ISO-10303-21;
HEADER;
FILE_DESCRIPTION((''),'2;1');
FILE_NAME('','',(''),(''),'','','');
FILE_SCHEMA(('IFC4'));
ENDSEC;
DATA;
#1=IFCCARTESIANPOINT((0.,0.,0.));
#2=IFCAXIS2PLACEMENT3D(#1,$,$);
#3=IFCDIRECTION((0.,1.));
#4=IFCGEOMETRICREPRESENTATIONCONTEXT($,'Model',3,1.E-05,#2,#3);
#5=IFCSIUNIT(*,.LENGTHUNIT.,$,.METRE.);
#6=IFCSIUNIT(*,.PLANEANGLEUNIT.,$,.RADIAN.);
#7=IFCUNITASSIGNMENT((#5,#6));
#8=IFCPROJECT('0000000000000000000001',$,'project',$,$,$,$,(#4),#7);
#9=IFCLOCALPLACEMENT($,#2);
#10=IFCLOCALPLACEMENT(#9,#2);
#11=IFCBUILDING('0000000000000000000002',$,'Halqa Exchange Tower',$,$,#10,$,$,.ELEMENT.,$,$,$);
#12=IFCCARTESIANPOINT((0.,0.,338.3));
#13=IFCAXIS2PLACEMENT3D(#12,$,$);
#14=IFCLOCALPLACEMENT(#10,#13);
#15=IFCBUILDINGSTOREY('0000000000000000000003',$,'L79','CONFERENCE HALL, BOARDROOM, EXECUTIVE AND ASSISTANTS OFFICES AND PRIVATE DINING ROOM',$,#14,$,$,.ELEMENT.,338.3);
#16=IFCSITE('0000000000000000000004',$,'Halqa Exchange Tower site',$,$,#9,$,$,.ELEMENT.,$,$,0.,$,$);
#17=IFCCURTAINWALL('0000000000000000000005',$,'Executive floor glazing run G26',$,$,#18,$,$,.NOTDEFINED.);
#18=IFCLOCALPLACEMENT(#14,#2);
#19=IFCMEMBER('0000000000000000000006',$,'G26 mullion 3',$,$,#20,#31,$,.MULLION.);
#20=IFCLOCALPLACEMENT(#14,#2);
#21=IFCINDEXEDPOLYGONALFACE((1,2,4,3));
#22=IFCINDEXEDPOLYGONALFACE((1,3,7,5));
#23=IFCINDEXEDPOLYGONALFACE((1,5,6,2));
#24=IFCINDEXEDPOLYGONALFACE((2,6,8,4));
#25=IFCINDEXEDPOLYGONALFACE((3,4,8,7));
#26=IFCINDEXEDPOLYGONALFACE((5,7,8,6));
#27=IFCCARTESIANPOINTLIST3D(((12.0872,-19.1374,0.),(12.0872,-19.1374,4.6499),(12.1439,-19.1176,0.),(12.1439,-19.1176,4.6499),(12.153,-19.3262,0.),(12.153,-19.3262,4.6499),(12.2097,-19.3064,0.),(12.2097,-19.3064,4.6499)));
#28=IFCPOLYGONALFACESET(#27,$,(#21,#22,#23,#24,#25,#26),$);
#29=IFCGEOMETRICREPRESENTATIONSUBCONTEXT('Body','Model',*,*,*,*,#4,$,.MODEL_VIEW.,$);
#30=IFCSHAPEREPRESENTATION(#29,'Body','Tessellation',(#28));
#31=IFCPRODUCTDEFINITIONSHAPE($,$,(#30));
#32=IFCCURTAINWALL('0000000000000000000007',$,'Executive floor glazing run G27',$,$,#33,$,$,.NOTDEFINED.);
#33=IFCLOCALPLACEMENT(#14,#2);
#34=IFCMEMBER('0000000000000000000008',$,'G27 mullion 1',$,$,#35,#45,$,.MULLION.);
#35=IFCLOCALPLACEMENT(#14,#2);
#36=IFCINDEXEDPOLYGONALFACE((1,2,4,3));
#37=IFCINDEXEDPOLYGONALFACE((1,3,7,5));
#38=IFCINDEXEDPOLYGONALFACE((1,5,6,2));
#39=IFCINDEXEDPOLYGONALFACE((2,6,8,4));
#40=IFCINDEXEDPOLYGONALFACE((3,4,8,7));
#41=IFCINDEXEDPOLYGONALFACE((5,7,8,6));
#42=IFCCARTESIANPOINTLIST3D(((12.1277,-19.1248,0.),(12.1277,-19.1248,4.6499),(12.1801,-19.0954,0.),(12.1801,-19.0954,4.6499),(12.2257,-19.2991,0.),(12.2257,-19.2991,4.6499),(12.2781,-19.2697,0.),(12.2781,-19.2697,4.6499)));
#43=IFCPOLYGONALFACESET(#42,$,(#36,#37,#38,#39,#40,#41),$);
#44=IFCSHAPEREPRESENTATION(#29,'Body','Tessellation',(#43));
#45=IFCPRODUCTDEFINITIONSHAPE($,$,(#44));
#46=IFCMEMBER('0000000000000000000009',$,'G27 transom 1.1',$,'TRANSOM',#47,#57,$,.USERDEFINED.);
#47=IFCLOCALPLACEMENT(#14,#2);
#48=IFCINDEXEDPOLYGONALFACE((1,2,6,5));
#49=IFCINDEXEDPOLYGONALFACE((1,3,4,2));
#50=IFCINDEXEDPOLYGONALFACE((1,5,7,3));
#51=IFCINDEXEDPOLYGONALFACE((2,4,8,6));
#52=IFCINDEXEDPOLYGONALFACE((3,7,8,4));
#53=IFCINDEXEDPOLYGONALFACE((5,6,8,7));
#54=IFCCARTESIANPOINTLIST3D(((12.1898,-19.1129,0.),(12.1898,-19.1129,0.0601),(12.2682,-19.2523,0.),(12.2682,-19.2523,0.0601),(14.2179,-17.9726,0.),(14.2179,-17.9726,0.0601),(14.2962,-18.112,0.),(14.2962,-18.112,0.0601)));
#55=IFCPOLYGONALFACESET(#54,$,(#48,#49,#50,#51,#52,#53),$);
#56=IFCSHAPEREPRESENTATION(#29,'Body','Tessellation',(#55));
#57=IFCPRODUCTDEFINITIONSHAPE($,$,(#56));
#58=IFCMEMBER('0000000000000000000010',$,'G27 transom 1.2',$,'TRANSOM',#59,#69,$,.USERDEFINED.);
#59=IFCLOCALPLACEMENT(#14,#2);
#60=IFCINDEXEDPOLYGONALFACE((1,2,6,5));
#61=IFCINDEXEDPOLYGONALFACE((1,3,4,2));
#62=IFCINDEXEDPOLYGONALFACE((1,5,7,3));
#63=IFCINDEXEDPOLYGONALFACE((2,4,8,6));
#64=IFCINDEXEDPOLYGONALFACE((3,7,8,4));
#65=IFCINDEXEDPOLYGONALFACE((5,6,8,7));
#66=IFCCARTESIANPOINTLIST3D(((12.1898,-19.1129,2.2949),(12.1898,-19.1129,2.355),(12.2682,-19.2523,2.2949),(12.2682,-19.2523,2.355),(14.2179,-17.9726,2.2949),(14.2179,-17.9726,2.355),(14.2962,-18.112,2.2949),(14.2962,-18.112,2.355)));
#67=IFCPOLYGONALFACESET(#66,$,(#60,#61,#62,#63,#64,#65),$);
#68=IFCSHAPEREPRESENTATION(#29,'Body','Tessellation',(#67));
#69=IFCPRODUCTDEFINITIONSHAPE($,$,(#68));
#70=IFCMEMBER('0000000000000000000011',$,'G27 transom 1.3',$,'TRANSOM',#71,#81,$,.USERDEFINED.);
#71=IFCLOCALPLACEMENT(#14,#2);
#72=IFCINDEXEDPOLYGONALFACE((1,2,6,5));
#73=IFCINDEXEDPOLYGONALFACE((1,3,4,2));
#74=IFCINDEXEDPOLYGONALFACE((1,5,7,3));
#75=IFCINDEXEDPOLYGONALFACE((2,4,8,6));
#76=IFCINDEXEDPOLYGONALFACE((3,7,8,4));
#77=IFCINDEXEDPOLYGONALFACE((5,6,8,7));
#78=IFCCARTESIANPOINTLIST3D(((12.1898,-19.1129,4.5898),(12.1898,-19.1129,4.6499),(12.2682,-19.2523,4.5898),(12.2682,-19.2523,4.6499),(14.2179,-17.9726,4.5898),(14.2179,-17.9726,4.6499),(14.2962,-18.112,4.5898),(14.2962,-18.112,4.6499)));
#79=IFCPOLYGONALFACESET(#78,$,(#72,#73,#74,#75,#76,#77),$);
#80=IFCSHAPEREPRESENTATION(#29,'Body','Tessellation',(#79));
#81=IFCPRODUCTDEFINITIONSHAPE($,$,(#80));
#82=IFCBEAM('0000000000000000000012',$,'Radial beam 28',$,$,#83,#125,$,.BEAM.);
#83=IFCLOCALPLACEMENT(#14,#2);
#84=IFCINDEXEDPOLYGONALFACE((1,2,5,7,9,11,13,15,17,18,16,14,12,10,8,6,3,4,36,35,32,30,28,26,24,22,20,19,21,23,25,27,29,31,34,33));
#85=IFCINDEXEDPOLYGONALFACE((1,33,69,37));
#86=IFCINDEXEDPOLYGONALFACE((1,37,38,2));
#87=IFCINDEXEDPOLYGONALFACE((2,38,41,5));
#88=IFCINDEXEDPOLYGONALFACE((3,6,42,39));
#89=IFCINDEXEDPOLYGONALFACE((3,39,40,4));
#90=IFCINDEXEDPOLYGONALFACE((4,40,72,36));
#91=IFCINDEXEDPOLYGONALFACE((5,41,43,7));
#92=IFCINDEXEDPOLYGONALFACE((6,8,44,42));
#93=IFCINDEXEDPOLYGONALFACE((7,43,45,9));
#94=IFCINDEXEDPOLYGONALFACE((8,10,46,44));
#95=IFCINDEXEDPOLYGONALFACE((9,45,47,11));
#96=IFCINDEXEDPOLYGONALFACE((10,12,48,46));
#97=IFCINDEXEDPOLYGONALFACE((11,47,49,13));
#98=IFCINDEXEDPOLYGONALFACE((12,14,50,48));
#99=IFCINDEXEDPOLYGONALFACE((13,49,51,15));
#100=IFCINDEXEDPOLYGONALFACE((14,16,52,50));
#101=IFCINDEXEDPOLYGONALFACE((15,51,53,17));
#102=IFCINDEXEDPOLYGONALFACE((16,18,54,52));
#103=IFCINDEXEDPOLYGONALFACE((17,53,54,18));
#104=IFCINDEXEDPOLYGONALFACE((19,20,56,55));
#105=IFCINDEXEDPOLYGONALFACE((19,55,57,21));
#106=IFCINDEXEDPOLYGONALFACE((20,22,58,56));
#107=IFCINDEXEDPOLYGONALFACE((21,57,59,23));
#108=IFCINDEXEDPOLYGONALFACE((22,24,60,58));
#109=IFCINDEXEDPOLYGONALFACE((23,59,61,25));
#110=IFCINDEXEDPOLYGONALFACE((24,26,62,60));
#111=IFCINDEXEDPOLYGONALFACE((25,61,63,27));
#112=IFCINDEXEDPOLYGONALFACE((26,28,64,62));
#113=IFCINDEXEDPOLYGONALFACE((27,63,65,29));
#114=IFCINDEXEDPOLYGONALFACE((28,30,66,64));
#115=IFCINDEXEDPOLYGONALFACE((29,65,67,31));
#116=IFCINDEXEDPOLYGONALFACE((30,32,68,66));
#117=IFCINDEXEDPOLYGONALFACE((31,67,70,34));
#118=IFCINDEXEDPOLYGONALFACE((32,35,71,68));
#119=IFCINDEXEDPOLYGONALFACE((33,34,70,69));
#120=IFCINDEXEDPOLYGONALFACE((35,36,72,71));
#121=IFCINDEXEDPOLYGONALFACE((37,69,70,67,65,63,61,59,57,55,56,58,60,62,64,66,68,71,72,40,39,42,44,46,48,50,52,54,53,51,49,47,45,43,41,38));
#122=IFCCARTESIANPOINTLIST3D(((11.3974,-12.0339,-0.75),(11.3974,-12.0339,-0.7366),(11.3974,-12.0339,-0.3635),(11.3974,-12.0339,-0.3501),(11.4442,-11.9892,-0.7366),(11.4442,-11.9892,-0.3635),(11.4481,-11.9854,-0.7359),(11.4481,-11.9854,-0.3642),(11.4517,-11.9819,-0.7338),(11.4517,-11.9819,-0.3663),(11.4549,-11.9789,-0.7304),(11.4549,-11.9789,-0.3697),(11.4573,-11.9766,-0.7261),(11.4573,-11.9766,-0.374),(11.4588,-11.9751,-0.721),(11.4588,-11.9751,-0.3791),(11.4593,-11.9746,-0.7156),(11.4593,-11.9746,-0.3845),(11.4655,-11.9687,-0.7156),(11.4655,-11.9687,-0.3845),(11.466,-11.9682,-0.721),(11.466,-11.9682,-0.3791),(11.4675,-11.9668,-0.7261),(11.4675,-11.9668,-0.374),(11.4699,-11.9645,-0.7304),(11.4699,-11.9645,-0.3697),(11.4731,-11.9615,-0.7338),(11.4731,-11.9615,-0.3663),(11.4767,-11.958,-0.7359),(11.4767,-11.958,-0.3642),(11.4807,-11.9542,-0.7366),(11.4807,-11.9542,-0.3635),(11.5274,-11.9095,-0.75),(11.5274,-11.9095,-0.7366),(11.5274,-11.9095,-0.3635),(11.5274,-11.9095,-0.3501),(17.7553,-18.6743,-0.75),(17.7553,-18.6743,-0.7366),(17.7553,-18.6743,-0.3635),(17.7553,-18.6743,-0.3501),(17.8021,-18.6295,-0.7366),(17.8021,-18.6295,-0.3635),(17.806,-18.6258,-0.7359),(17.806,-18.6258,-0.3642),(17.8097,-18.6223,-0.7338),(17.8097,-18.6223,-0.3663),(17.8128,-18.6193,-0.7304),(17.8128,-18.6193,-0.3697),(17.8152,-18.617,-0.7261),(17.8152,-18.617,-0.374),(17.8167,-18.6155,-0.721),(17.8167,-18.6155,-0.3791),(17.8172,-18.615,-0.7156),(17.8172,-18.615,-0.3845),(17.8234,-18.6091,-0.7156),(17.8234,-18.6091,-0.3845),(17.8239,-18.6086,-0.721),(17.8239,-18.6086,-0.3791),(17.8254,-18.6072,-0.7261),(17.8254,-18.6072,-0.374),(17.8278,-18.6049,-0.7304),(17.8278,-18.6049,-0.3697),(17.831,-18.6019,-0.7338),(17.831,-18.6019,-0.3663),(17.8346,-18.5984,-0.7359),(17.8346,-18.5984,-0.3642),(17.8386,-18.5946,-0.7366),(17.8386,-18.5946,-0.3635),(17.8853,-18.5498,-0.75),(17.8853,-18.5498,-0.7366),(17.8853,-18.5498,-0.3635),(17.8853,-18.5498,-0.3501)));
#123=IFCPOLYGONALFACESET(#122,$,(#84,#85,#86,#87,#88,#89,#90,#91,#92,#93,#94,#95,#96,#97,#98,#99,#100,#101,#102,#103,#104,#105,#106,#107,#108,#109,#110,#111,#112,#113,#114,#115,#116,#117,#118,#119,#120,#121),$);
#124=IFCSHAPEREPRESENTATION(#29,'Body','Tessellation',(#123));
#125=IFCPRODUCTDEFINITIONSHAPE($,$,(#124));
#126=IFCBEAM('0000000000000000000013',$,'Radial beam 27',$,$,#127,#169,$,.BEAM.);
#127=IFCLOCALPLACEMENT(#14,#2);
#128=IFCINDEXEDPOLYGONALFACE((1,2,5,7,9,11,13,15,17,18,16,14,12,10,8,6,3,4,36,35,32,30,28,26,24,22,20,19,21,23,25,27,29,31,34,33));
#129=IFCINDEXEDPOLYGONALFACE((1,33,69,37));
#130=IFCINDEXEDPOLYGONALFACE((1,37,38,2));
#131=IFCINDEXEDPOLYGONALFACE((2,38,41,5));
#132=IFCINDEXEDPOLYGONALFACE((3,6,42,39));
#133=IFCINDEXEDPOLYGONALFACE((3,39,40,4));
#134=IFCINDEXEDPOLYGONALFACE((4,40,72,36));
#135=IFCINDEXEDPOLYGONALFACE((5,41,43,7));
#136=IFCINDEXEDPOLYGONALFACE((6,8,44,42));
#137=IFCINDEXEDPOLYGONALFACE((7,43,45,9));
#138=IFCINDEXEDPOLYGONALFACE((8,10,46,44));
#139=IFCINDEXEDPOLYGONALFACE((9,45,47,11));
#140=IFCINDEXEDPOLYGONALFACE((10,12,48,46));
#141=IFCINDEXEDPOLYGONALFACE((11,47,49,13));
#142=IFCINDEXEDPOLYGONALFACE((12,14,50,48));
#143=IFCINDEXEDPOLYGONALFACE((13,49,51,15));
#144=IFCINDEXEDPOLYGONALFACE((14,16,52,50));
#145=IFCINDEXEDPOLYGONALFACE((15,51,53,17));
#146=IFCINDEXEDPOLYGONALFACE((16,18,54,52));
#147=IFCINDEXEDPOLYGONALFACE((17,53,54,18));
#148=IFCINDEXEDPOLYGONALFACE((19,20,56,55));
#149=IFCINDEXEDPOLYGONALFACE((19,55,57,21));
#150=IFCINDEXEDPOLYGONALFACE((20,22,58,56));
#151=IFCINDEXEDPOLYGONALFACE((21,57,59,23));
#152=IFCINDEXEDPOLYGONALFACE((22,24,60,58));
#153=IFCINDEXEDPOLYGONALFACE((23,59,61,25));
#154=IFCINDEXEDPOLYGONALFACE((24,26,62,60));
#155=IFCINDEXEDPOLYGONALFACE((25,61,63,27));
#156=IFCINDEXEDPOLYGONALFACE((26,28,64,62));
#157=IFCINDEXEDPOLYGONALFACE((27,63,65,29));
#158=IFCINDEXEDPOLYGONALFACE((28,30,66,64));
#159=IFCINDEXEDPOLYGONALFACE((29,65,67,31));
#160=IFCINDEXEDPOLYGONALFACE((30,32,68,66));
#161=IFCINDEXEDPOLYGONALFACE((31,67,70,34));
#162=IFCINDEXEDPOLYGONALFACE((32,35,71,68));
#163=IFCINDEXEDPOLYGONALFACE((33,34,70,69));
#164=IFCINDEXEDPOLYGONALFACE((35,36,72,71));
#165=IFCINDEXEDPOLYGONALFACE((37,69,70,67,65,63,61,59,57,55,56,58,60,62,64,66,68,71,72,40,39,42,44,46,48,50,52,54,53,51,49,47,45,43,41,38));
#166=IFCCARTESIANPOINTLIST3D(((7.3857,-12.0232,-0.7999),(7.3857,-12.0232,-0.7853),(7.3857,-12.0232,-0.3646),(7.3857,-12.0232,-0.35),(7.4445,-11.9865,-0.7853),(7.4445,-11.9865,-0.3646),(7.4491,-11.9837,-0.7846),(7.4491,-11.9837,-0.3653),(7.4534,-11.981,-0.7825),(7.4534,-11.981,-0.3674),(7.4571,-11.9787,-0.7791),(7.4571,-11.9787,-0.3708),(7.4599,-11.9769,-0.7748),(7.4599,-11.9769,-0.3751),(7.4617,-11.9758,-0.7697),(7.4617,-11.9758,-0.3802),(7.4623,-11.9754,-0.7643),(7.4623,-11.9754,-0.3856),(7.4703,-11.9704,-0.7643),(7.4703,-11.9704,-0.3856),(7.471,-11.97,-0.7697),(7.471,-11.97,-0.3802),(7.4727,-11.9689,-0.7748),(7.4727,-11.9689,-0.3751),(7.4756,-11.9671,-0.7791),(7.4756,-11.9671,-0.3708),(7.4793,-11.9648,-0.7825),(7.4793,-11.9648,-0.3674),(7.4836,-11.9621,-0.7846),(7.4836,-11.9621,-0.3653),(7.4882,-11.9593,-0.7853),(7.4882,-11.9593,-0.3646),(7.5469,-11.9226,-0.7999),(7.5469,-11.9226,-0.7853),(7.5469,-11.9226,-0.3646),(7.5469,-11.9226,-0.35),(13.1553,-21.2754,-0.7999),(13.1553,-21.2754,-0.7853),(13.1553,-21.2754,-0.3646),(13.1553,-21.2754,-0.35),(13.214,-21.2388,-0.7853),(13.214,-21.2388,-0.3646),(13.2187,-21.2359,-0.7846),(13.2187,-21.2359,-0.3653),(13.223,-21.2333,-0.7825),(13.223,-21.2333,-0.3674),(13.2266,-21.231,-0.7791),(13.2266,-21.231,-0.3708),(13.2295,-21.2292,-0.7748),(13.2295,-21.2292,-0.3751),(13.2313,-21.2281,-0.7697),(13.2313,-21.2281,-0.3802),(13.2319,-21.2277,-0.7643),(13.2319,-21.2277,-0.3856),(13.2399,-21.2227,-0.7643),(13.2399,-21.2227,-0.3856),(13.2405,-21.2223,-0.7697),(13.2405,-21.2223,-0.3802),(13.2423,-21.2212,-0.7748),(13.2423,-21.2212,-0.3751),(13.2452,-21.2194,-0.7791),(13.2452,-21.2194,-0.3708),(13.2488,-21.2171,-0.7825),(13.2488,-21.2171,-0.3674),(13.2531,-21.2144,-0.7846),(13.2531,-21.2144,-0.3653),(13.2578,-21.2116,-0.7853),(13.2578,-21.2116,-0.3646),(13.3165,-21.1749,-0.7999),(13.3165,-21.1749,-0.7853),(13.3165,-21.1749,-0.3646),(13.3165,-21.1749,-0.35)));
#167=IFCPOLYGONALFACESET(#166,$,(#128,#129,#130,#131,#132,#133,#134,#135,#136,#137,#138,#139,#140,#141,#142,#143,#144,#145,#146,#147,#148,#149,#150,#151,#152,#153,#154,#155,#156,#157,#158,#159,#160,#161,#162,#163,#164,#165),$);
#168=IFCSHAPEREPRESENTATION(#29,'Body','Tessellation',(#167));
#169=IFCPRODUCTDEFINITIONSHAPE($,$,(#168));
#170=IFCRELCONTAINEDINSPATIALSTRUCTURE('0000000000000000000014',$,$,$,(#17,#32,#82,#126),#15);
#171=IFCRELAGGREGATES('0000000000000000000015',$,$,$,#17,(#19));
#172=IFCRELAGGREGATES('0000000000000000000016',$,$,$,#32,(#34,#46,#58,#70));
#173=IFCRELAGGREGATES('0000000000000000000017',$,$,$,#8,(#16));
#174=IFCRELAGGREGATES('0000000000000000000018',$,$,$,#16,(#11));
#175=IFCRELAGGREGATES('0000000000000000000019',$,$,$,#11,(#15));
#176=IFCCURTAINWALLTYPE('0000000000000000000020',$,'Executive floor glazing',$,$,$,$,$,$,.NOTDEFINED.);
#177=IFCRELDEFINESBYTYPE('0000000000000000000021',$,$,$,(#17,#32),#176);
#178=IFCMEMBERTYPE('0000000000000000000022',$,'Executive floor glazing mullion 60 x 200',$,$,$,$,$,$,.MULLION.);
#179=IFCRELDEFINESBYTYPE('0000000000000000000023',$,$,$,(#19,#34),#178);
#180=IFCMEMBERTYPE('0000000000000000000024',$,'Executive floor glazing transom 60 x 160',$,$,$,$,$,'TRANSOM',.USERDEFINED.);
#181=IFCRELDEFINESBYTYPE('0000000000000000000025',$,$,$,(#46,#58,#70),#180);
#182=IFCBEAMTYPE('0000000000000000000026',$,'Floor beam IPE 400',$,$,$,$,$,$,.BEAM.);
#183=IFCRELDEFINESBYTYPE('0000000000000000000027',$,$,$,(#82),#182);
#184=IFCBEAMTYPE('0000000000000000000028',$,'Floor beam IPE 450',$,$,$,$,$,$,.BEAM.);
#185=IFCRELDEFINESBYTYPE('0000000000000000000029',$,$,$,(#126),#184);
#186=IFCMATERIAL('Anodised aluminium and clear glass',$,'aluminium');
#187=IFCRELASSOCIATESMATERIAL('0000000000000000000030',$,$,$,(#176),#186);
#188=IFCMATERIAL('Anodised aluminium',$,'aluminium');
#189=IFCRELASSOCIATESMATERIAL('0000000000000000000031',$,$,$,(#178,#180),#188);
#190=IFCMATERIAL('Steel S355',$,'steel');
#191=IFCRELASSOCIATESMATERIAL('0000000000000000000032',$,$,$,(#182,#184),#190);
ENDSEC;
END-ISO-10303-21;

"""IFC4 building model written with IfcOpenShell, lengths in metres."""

from ifc_helpers import new_model, si_unit, direction, frame, origin, origin_2d, place, context, subcontext, project, spatial, rectangle, i_section, extrude, material, material_profile, profile_set, type_object, element, aggregate, save


model = new_model("IFC4")

# Units and contexts
model_context = context("Model", 3, precision=1e-05, world=origin(), true_north=direction((0.0, 1.0)))
body_context = subcontext(model_context, "Body", "Model", "MODEL_VIEW")
ifc_project = project(units=[si_unit("LENGTHUNIT", "METRE"), si_unit("PLANEANGLEUNIT", "RADIAN")], contexts=[model_context])

# Site, building, storey
site_placement = place(None, origin())
site = spatial("IfcSite", under=ifc_project, at=site_placement, Name="Halqa Exchange Tower site", CompositionType="ELEMENT", RefElevation=0.0)
building_placement = place(site_placement, origin())
building = spatial("IfcBuilding", under=site, at=building_placement, Name="Halqa Exchange Tower", CompositionType="ELEMENT")
storey_placement = place(building_placement, frame((0.0, 0.0, 338.3)))
storey = spatial("IfcBuildingStorey", under=building, at=storey_placement, Name="L79", Description="CONFERENCE HALL, BOARDROOM, EXECUTIVE AND ASSISTANTS OFFICES AND PRIVATE DINING ROOM", CompositionType="ELEMENT", Elevation=338.3)

# Curtain wall, member
ifc_material_1 = material(Name="Anodised aluminium and clear glass", Category="aluminium")
curtain_wall_type = type_object("IfcCurtainWallType", Name="Executive floor glazing", PredefinedType="NOTDEFINED", material=ifc_material_1)
curtain_wall_1_placement = place(storey_placement, origin())
curtain_wall_1 = element("IfcCurtainWall", 1, at=curtain_wall_1_placement, inside=storey, type_object=curtain_wall_type, Name="Executive floor glazing run G26", PredefinedType="NOTDEFINED")
ifc_material_2 = material(Name="Anodised aluminium", Category="aluminium")
ifc_material_profile_1 = material_profile(ifc_material_2, rectangle(XDim=0.2, YDim=0.0601, at=origin_2d()), Name="AL 60x200")
ifc_profile_set_1 = profile_set([ifc_material_profile_1], Name="Anodised aluminium")
member_type_1 = type_object("IfcMemberType", Name="Executive floor glazing mullion 60 x 200", PredefinedType="MULLION", material=ifc_profile_set_1)
member_1_placement = place(storey_placement, frame((12.1484, -19.2219, 0.0), z_axis=(0.0, 0.0, 1.0), x_axis=(-0.32916, 0.944274, 0.0)))
member_1 = element("IfcMember", 2, at=member_1_placement, type_object=member_type_1, Name="G26 mullion 3", PredefinedType="MULLION", context=body_context, shape_type="SweptSolid", body=[
    extrude(rectangle(XDim=0.2, YDim=0.0601, at=origin_2d()), origin(), (0.0, 0.0, 1.0), 4.6499),
])
aggregate(curtain_wall_1, [member_1])

# Curtain wall, members
curtain_wall_2_placement = place(storey_placement, origin())
curtain_wall_2 = element("IfcCurtainWall", 3, at=curtain_wall_2_placement, inside=storey, type_object=curtain_wall_type, Name="Executive floor glazing run G27", PredefinedType="NOTDEFINED")
member_2_placement = place(storey_placement, frame((12.2029, -19.1973, 0.0), z_axis=(0.0, 0.0, 1.0), x_axis=(-0.490158, 0.871634, 0.0)))
member_2 = element("IfcMember", 4, at=member_2_placement, type_object=member_type_1, Name="G27 mullion 1", PredefinedType="MULLION", context=body_context, shape_type="SweptSolid", body=[
    extrude(rectangle(XDim=0.2, YDim=0.0601, at=origin_2d()), origin(), (0.0, 0.0, 1.0), 4.6499),
])
ifc_material_profile_2 = material_profile(ifc_material_2, rectangle(XDim=0.1599, YDim=0.0601, at=origin_2d()), Name="AL 60x160")
ifc_profile_set_2 = profile_set([ifc_material_profile_2], Name="Anodised aluminium")
member_type_2 = type_object("IfcMemberType", Name="Executive floor glazing transom 60 x 160", ElementType="TRANSOM", PredefinedType="USERDEFINED", material=ifc_profile_set_2)
member_3_placement = place(storey_placement, frame((12.229, -19.1826, 0.03), z_axis=(0.871651, 0.490127, 0.0), x_axis=(-0.490127, 0.871651, 0.0)))
member_3 = element("IfcMember", 5, at=member_3_placement, type_object=member_type_2, Name="G27 transom 1.1", ObjectType="TRANSOM", PredefinedType="USERDEFINED", context=body_context, shape_type="SweptSolid", body=[
    extrude(rectangle(XDim=0.1599, YDim=0.0601, at=origin_2d()), origin(), (0.0, 0.0, 1.0), 2.3267),
])
member_4_placement = place(storey_placement, frame((12.229, -19.1826, 2.325), z_axis=(0.871651, 0.490127, 0.0), x_axis=(-0.490127, 0.871651, 0.0)))
member_4 = element("IfcMember", 6, at=member_4_placement, type_object=member_type_2, Name="G27 transom 1.2", ObjectType="TRANSOM", PredefinedType="USERDEFINED", context=body_context, shape_type="SweptSolid", body=[
    extrude(rectangle(XDim=0.1599, YDim=0.0601, at=origin_2d()), origin(), (0.0, 0.0, 1.0), 2.3267),
])
member_5_placement = place(storey_placement, frame((12.229, -19.1826, 4.6199), z_axis=(0.871651, 0.490127, 0.0), x_axis=(-0.490127, 0.871651, 0.0)))
member_5 = element("IfcMember", 7, at=member_5_placement, type_object=member_type_2, Name="G27 transom 1.3", ObjectType="TRANSOM", PredefinedType="USERDEFINED", context=body_context, shape_type="SweptSolid", body=[
    extrude(rectangle(XDim=0.1599, YDim=0.0601, at=origin_2d()), origin(), (0.0, 0.0, 1.0), 2.3267),
])

# Beams
ifc_material_3 = material(Name="Steel S355", Category="steel")
ifc_material_profile_3 = material_profile(ifc_material_3, i_section(OverallWidth=0.1799, OverallDepth=0.3999, WebThickness=0.0085, FlangeThickness=0.0134, FilletRadius=0.021, at=origin_2d()), Name="IPE 400")
ifc_profile_set_3 = profile_set([ifc_material_profile_3], Name="Steel S355")
beam_type_1 = type_object("IfcBeamType", Name="Floor beam IPE 400", PredefinedType="BEAM", material=ifc_profile_set_3)
beam_1_placement = place(storey_placement, frame((11.4624, -11.9717, -0.55), z_axis=(0.691577, -0.722303, 0.0), x_axis=(0.722303, 0.691577, 0.0)))
element("IfcBeam", 8, at=beam_1_placement, inside=storey, type_object=beam_type_1, Name="Radial beam 28", PredefinedType="BEAM", context=body_context, shape_type="SweptSolid", body=[
    extrude(i_section(OverallWidth=0.1799, OverallDepth=0.3999, WebThickness=0.0085, FlangeThickness=0.0134, FilletRadius=0.021, at=origin_2d()), origin(), (0.0, 0.0, 1.0), 9.1934),
])
ifc_material_profile_4 = material_profile(ifc_material_3, i_section(OverallWidth=0.1899, OverallDepth=0.45, WebThickness=0.0095, FlangeThickness=0.0146, FilletRadius=0.021, at=origin_2d()), Name="IPE 450")
ifc_profile_set_4 = profile_set([ifc_material_profile_4], Name="Steel S355")
beam_type_2 = type_object("IfcBeamType", Name="Floor beam IPE 450", PredefinedType="BEAM", material=ifc_profile_set_4)
beam_2_placement = place(storey_placement, frame((7.4663, -11.9729, -0.575), z_axis=(0.529135, -0.848538, 0.0), x_axis=(0.848538, 0.529135, 0.0)))
element("IfcBeam", 9, at=beam_2_placement, inside=storey, type_object=beam_type_2, Name="Radial beam 27", PredefinedType="BEAM", context=body_context, shape_type="SweptSolid", body=[
    extrude(i_section(OverallWidth=0.1899, OverallDepth=0.45, WebThickness=0.0095, FlangeThickness=0.0146, FilletRadius=0.021, at=origin_2d()), origin(), (0.0, 0.0, 1.0), 10.9038),
])

aggregate(curtain_wall_2, [member_2, member_3, member_4, member_5])

save(model, "model.ifc")
